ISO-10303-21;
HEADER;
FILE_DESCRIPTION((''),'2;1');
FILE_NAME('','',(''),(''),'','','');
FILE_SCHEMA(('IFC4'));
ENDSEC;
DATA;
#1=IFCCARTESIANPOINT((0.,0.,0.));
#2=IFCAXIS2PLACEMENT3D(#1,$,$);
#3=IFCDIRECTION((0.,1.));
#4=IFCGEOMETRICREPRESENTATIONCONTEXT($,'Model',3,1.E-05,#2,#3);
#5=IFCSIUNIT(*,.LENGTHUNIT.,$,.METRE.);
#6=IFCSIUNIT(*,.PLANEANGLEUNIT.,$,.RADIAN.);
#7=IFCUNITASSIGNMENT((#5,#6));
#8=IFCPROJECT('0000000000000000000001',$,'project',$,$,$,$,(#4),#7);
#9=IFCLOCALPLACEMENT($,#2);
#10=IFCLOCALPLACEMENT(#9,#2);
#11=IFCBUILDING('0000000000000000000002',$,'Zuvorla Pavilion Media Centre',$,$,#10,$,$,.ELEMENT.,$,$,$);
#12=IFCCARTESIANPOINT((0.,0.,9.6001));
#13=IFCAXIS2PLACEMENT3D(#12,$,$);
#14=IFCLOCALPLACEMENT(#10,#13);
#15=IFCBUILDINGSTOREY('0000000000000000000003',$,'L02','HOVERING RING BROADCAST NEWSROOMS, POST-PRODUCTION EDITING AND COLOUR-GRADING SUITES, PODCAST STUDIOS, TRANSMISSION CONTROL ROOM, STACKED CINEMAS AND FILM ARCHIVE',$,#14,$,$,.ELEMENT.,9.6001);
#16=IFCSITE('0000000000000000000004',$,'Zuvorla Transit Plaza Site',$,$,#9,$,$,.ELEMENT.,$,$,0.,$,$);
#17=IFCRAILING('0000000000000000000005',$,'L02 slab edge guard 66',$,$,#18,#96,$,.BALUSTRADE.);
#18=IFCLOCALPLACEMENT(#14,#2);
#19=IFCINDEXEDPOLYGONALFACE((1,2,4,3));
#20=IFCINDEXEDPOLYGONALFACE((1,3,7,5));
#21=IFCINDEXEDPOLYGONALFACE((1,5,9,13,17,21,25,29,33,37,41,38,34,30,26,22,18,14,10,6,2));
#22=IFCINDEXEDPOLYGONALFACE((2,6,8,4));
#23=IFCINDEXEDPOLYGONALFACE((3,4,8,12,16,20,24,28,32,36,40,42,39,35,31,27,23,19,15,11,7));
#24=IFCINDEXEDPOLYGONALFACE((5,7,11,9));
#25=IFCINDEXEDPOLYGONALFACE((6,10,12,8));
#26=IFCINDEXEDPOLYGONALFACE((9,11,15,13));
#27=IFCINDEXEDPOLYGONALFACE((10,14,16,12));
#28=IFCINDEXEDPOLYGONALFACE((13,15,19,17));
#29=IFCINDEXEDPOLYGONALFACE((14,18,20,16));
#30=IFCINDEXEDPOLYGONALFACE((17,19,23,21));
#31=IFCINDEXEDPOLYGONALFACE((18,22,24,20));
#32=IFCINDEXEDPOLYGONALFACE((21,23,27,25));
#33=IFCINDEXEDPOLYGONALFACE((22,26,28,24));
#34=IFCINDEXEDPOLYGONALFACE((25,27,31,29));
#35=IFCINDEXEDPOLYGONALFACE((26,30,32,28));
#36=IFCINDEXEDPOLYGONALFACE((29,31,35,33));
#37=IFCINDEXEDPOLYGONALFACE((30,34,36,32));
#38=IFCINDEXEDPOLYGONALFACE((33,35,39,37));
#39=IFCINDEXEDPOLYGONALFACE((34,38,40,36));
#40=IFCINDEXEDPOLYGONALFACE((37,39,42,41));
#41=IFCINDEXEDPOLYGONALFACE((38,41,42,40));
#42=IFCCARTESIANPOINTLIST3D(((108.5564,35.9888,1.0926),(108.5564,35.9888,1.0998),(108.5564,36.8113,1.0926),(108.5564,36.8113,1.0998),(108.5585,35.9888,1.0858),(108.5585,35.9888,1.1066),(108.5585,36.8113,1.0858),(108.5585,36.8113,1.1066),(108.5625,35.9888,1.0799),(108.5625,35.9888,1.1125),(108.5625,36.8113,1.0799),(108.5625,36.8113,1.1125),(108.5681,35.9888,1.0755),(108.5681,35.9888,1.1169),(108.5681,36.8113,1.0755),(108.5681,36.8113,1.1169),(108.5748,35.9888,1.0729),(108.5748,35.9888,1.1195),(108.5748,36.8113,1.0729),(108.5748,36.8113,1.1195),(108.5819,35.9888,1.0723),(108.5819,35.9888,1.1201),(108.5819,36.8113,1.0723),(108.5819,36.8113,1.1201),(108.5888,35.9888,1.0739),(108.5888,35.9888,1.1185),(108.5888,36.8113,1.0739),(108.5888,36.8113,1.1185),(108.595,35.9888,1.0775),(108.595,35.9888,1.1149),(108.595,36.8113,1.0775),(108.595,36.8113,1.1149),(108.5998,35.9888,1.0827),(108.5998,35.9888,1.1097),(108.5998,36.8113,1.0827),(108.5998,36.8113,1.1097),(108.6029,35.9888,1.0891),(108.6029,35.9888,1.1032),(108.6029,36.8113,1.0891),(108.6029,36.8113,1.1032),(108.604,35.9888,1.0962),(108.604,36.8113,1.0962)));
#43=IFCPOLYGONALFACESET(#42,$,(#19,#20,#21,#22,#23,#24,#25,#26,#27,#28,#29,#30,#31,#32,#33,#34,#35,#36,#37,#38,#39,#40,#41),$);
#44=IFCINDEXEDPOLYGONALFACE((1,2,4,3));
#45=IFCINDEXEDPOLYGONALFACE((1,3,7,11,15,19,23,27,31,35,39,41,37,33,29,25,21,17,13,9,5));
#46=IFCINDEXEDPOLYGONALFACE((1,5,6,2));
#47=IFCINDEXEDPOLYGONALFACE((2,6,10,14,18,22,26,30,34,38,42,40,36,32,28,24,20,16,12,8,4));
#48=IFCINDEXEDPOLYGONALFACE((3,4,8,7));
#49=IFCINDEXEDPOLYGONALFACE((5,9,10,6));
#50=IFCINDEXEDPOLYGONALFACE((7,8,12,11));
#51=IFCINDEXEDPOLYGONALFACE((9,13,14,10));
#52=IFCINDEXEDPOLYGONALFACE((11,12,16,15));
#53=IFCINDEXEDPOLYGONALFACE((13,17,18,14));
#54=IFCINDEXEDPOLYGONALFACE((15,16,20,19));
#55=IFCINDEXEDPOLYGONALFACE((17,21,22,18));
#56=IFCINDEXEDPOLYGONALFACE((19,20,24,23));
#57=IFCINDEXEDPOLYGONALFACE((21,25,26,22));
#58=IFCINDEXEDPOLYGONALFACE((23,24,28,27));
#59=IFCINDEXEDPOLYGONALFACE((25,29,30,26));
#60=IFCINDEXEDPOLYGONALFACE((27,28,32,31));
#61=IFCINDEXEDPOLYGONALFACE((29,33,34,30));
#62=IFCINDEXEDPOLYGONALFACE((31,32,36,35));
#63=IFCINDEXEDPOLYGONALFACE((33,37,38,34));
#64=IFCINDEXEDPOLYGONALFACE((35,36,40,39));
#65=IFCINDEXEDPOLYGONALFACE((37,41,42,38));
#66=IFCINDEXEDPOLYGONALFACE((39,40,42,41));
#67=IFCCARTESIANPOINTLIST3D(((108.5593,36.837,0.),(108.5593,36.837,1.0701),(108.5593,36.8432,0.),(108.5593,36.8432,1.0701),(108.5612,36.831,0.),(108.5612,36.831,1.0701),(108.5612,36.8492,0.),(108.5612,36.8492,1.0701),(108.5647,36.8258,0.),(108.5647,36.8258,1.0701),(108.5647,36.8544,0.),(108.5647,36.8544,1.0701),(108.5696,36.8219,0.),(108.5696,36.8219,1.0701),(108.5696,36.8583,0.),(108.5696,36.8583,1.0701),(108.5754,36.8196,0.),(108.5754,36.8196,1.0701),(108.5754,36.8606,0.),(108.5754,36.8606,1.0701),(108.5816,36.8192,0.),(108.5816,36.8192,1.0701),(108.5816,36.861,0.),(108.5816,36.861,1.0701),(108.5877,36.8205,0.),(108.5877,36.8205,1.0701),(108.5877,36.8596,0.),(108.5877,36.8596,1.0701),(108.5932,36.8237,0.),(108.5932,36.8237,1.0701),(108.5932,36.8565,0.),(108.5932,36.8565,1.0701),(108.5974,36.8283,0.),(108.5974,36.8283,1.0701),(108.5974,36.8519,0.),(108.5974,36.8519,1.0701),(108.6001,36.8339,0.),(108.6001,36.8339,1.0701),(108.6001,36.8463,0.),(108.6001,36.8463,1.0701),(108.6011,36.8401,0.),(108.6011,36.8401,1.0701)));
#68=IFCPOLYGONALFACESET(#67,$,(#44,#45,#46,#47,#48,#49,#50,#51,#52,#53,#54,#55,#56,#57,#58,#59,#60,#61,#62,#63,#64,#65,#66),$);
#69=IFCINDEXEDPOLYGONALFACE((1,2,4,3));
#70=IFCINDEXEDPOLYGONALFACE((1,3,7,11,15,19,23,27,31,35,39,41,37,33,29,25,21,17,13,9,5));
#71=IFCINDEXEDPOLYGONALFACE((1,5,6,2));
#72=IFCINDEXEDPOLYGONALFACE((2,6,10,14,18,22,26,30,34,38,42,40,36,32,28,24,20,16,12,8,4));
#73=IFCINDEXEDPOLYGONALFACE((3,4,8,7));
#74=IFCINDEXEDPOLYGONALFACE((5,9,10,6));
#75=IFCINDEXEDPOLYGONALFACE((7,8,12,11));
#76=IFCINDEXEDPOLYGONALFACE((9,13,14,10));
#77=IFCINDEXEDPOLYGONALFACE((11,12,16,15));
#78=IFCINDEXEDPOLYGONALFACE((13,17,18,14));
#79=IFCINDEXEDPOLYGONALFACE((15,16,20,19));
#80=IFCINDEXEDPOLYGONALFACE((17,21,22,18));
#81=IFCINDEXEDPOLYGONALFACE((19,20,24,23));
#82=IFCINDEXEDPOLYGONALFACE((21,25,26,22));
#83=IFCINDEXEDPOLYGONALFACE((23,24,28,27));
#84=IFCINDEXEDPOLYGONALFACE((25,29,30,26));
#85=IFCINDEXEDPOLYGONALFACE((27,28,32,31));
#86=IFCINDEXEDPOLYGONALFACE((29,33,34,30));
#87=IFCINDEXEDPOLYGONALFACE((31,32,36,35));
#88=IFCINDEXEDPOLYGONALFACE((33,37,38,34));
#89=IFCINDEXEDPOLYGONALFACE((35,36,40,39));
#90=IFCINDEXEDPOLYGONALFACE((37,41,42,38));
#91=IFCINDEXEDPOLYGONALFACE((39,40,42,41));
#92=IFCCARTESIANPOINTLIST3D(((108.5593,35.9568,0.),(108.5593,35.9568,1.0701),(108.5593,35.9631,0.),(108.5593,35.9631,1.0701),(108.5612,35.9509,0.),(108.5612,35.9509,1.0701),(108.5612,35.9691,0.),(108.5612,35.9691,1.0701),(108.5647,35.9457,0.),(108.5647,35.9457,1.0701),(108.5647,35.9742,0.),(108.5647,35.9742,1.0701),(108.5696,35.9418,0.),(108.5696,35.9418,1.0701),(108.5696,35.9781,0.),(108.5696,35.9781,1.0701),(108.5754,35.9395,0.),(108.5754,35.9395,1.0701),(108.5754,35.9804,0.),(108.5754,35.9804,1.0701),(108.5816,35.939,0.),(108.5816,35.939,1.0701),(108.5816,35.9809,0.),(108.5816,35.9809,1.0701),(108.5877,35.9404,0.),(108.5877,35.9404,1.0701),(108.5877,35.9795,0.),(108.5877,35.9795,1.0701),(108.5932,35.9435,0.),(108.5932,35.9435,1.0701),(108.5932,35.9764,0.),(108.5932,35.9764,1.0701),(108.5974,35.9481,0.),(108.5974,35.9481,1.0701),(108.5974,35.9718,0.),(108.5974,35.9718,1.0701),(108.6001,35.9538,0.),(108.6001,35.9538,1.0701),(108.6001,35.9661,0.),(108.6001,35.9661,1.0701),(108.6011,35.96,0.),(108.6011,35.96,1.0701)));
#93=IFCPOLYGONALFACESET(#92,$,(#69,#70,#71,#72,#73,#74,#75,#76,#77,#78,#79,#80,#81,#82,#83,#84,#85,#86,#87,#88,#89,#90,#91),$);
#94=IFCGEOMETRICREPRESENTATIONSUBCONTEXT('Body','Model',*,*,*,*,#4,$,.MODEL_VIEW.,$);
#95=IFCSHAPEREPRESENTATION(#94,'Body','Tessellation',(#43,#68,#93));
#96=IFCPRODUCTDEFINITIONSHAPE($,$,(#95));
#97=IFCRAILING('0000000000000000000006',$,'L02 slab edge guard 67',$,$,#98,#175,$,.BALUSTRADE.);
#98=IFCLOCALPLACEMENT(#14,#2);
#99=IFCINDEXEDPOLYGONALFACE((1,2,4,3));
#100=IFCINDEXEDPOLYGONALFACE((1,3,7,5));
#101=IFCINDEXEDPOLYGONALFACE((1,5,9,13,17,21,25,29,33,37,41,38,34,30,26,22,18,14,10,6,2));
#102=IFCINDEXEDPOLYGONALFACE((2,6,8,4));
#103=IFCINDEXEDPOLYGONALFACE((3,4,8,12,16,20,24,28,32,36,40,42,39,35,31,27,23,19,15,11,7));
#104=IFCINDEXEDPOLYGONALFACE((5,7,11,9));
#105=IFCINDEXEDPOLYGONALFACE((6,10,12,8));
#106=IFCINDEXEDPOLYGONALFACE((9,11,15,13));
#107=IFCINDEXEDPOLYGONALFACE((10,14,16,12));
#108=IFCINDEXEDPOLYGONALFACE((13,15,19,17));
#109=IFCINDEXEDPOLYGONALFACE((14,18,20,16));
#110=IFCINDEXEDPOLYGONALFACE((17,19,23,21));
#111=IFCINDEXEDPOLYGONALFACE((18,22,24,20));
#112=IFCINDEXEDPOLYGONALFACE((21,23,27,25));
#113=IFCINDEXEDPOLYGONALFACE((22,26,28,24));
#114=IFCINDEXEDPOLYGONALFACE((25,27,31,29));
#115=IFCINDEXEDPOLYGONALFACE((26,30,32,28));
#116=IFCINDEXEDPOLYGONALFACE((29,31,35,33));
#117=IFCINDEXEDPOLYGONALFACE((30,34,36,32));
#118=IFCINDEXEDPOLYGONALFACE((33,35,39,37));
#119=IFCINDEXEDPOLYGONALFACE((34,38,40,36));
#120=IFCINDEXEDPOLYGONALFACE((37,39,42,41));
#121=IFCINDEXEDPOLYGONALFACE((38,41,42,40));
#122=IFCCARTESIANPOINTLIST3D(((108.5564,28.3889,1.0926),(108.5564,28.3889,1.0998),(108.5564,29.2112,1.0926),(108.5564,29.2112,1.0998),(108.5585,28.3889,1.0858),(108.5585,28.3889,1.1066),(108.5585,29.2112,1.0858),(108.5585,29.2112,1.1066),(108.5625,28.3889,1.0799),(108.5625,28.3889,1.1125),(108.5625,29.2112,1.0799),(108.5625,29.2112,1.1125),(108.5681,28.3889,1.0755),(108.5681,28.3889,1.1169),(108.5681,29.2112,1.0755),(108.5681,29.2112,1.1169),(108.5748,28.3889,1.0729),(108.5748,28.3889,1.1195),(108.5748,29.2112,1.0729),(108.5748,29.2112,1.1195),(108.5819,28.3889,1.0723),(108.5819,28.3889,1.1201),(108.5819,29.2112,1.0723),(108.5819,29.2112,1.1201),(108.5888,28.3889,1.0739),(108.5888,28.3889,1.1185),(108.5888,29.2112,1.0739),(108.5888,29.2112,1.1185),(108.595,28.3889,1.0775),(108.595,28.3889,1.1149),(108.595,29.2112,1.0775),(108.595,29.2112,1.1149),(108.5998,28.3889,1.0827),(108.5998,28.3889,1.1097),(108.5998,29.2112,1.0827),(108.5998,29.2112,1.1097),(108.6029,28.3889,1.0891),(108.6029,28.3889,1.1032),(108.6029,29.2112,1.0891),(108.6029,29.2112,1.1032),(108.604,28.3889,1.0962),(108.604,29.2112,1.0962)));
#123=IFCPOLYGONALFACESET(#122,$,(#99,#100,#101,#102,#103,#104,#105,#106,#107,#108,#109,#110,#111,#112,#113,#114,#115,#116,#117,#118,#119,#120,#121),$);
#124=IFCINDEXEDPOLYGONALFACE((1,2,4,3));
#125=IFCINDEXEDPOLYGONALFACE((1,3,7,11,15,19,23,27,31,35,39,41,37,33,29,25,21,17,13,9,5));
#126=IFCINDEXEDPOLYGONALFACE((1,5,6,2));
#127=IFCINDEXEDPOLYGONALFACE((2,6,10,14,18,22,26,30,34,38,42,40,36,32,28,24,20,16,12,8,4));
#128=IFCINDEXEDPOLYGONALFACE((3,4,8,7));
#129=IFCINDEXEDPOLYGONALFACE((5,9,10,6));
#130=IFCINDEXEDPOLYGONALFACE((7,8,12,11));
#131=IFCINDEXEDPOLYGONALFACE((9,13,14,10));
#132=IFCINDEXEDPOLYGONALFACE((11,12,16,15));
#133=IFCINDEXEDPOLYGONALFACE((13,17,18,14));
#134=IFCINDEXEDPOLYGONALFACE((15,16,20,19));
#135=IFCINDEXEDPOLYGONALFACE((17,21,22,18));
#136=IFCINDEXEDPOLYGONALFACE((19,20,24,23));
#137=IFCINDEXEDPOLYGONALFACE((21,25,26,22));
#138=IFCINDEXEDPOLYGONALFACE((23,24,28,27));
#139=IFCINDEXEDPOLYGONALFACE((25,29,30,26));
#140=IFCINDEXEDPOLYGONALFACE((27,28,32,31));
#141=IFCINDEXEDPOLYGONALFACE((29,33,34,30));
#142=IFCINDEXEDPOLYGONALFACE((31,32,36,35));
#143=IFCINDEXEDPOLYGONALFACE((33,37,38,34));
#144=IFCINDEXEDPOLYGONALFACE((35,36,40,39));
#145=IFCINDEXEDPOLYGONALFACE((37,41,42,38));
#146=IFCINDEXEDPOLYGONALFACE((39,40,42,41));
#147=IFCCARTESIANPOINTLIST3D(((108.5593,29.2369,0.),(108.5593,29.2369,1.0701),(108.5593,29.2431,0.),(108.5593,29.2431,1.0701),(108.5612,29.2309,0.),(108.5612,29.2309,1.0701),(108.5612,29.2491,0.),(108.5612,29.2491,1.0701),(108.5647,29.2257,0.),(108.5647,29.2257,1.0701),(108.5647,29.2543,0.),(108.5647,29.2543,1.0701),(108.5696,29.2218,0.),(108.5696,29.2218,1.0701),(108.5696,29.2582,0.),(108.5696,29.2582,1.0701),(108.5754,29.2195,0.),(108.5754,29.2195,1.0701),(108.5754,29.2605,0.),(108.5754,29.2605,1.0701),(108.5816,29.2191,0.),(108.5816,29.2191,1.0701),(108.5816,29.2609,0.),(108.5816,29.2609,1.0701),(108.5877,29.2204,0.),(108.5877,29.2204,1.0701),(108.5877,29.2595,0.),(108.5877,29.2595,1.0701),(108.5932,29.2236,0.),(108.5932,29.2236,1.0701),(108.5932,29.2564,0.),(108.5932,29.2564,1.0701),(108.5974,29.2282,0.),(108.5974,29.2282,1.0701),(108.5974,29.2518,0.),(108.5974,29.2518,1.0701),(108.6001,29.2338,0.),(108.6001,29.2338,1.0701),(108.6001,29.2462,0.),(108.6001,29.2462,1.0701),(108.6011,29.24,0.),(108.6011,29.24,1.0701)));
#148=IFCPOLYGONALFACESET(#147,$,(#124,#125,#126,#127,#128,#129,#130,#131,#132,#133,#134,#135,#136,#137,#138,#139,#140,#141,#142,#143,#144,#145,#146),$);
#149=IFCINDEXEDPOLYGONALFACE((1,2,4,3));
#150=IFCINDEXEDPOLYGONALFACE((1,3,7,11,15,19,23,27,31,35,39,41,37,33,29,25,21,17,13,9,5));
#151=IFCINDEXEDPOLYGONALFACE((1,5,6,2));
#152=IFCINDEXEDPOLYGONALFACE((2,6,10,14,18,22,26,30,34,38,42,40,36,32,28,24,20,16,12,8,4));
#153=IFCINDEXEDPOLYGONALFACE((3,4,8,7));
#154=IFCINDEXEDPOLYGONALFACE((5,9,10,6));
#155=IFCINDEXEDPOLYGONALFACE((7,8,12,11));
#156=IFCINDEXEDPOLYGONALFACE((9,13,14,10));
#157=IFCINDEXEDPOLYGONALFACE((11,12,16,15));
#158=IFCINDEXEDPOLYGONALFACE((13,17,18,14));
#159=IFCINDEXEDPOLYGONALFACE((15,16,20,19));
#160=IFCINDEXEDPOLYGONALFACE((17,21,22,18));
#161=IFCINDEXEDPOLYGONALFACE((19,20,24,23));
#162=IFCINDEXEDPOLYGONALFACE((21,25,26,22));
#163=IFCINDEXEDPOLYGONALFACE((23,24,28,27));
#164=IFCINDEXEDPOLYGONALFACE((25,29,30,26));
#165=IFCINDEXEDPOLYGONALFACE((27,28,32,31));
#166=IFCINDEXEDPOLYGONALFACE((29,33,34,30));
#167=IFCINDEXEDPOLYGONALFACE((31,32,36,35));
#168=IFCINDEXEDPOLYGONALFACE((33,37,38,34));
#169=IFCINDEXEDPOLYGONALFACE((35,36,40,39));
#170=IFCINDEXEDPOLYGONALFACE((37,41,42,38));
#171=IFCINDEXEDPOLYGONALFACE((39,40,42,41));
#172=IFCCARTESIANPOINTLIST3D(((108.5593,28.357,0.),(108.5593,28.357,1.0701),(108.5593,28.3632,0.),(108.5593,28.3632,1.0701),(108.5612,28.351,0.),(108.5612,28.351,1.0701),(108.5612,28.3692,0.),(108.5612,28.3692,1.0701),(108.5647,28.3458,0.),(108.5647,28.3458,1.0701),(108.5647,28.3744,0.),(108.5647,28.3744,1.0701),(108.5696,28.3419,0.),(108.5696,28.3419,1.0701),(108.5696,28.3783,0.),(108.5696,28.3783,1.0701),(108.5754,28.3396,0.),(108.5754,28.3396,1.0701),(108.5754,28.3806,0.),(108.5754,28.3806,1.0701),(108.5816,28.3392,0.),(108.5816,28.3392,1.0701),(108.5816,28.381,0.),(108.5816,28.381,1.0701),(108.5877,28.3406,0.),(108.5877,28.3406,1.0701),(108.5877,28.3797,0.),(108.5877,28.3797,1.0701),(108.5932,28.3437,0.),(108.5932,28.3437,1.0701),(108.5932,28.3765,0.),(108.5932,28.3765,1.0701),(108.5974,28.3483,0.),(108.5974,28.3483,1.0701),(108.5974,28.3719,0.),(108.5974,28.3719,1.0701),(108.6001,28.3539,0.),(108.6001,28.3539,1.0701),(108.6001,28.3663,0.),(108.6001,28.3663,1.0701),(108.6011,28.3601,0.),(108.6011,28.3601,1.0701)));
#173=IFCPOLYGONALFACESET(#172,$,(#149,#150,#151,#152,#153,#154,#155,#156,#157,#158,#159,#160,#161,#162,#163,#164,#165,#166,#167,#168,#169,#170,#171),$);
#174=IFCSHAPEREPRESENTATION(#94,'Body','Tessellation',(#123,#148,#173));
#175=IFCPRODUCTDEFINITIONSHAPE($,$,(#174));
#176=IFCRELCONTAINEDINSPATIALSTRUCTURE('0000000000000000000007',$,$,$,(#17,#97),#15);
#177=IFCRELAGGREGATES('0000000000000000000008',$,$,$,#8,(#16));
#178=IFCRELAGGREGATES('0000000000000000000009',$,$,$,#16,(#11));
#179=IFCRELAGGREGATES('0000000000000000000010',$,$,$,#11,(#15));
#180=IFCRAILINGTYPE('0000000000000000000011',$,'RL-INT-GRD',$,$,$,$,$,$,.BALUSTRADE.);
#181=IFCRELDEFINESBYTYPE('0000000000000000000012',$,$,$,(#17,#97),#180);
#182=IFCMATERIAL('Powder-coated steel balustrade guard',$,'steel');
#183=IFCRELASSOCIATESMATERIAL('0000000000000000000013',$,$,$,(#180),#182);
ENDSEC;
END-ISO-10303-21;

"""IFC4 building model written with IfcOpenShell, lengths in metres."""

from ifc_helpers import new_model, si_unit, direction, frame, origin, origin_2d, place, context, subcontext, project, spatial, circle, extrude, material, type_object, element, save


model = new_model("IFC4")

# Units and contexts
model_context = context("Model", 3, precision=1e-05, world=origin(), true_north=direction((0.0, 1.0)))
body_context = subcontext(model_context, "Body", "Model", "MODEL_VIEW")
ifc_project = project(units=[si_unit("LENGTHUNIT", "METRE"), si_unit("PLANEANGLEUNIT", "RADIAN")], contexts=[model_context])

# Site, building, storey
site_placement = place(None, origin())
site = spatial("IfcSite", under=ifc_project, at=site_placement, Name="Zuvorla Transit Plaza Site", CompositionType="ELEMENT", RefElevation=0.0)
building_placement = place(site_placement, origin())
building = spatial("IfcBuilding", under=site, at=building_placement, Name="Zuvorla Pavilion Media Centre", CompositionType="ELEMENT")
storey_placement = place(building_placement, frame((0.0, 0.0, 9.6001)))
storey = spatial("IfcBuildingStorey", under=building, at=storey_placement, Name="L02", Description="HOVERING RING BROADCAST NEWSROOMS, POST-PRODUCTION EDITING AND COLOUR-GRADING SUITES, PODCAST STUDIOS, TRANSMISSION CONTROL ROOM, STACKED CINEMAS AND FILM ARCHIVE", CompositionType="ELEMENT", Elevation=9.6001)

# Railings
ifc_material_1 = material(Name="Powder-coated steel balustrade guard", Category="steel")
railing_type_1 = type_object("IfcRailingType", Name="RL-INT-GRD", PredefinedType="BALUSTRADE", material=ifc_material_1)
railing_1_placement = place(storey_placement, frame((108.5801, 36.8401, 0.0)))
element("IfcRailing", 1, at=railing_1_placement, inside=storey, type_object=railing_type_1, Name="L02 slab edge guard 66", PredefinedType="BALUSTRADE", context=body_context, shape_type="SweptSolid", body=[
    extrude(circle(Radius=0.0239, at=origin_2d()), frame((0.0, -0.0288, 1.0962), z_axis=(0.0, -1.0, 0.0), x_axis=(1.0, 0.0, 0.0)), (0.0, 0.0, 1.0), 0.8225),
    extrude(circle(Radius=0.021, at=origin_2d()), origin(), (0.0, 0.0, 1.0), 1.0701),
    extrude(circle(Radius=0.021, at=origin_2d()), frame((0.0, -0.8801, 0.0)), (0.0, 0.0, 1.0), 1.0701),
])
for number, where, name in (
    (2, (108.5801, 29.24, 0.0), "L02 slab edge guard 67"),
):
    element("IfcRailing", number, at=place(storey_placement, frame(where)), inside=storey, type_object=railing_type_1, Name=name, PredefinedType="BALUSTRADE", context=body_context, shape_type="SweptSolid", body=[
        extrude(circle(Radius=0.0239, at=origin_2d()), frame((0.0, -0.0288, 1.0962), z_axis=(0.0, -1.0, 0.0), x_axis=(1.0, 0.0, 0.0)), (0.0, 0.0, 1.0), 0.8223),
        extrude(circle(Radius=0.021, at=origin_2d()), origin(), (0.0, 0.0, 1.0), 1.0701),
        extrude(circle(Radius=0.021, at=origin_2d()), frame((0.0, -0.8799, 0.0)), (0.0, 0.0, 1.0), 1.0701),
    ])

save(model, "model.ifc")
